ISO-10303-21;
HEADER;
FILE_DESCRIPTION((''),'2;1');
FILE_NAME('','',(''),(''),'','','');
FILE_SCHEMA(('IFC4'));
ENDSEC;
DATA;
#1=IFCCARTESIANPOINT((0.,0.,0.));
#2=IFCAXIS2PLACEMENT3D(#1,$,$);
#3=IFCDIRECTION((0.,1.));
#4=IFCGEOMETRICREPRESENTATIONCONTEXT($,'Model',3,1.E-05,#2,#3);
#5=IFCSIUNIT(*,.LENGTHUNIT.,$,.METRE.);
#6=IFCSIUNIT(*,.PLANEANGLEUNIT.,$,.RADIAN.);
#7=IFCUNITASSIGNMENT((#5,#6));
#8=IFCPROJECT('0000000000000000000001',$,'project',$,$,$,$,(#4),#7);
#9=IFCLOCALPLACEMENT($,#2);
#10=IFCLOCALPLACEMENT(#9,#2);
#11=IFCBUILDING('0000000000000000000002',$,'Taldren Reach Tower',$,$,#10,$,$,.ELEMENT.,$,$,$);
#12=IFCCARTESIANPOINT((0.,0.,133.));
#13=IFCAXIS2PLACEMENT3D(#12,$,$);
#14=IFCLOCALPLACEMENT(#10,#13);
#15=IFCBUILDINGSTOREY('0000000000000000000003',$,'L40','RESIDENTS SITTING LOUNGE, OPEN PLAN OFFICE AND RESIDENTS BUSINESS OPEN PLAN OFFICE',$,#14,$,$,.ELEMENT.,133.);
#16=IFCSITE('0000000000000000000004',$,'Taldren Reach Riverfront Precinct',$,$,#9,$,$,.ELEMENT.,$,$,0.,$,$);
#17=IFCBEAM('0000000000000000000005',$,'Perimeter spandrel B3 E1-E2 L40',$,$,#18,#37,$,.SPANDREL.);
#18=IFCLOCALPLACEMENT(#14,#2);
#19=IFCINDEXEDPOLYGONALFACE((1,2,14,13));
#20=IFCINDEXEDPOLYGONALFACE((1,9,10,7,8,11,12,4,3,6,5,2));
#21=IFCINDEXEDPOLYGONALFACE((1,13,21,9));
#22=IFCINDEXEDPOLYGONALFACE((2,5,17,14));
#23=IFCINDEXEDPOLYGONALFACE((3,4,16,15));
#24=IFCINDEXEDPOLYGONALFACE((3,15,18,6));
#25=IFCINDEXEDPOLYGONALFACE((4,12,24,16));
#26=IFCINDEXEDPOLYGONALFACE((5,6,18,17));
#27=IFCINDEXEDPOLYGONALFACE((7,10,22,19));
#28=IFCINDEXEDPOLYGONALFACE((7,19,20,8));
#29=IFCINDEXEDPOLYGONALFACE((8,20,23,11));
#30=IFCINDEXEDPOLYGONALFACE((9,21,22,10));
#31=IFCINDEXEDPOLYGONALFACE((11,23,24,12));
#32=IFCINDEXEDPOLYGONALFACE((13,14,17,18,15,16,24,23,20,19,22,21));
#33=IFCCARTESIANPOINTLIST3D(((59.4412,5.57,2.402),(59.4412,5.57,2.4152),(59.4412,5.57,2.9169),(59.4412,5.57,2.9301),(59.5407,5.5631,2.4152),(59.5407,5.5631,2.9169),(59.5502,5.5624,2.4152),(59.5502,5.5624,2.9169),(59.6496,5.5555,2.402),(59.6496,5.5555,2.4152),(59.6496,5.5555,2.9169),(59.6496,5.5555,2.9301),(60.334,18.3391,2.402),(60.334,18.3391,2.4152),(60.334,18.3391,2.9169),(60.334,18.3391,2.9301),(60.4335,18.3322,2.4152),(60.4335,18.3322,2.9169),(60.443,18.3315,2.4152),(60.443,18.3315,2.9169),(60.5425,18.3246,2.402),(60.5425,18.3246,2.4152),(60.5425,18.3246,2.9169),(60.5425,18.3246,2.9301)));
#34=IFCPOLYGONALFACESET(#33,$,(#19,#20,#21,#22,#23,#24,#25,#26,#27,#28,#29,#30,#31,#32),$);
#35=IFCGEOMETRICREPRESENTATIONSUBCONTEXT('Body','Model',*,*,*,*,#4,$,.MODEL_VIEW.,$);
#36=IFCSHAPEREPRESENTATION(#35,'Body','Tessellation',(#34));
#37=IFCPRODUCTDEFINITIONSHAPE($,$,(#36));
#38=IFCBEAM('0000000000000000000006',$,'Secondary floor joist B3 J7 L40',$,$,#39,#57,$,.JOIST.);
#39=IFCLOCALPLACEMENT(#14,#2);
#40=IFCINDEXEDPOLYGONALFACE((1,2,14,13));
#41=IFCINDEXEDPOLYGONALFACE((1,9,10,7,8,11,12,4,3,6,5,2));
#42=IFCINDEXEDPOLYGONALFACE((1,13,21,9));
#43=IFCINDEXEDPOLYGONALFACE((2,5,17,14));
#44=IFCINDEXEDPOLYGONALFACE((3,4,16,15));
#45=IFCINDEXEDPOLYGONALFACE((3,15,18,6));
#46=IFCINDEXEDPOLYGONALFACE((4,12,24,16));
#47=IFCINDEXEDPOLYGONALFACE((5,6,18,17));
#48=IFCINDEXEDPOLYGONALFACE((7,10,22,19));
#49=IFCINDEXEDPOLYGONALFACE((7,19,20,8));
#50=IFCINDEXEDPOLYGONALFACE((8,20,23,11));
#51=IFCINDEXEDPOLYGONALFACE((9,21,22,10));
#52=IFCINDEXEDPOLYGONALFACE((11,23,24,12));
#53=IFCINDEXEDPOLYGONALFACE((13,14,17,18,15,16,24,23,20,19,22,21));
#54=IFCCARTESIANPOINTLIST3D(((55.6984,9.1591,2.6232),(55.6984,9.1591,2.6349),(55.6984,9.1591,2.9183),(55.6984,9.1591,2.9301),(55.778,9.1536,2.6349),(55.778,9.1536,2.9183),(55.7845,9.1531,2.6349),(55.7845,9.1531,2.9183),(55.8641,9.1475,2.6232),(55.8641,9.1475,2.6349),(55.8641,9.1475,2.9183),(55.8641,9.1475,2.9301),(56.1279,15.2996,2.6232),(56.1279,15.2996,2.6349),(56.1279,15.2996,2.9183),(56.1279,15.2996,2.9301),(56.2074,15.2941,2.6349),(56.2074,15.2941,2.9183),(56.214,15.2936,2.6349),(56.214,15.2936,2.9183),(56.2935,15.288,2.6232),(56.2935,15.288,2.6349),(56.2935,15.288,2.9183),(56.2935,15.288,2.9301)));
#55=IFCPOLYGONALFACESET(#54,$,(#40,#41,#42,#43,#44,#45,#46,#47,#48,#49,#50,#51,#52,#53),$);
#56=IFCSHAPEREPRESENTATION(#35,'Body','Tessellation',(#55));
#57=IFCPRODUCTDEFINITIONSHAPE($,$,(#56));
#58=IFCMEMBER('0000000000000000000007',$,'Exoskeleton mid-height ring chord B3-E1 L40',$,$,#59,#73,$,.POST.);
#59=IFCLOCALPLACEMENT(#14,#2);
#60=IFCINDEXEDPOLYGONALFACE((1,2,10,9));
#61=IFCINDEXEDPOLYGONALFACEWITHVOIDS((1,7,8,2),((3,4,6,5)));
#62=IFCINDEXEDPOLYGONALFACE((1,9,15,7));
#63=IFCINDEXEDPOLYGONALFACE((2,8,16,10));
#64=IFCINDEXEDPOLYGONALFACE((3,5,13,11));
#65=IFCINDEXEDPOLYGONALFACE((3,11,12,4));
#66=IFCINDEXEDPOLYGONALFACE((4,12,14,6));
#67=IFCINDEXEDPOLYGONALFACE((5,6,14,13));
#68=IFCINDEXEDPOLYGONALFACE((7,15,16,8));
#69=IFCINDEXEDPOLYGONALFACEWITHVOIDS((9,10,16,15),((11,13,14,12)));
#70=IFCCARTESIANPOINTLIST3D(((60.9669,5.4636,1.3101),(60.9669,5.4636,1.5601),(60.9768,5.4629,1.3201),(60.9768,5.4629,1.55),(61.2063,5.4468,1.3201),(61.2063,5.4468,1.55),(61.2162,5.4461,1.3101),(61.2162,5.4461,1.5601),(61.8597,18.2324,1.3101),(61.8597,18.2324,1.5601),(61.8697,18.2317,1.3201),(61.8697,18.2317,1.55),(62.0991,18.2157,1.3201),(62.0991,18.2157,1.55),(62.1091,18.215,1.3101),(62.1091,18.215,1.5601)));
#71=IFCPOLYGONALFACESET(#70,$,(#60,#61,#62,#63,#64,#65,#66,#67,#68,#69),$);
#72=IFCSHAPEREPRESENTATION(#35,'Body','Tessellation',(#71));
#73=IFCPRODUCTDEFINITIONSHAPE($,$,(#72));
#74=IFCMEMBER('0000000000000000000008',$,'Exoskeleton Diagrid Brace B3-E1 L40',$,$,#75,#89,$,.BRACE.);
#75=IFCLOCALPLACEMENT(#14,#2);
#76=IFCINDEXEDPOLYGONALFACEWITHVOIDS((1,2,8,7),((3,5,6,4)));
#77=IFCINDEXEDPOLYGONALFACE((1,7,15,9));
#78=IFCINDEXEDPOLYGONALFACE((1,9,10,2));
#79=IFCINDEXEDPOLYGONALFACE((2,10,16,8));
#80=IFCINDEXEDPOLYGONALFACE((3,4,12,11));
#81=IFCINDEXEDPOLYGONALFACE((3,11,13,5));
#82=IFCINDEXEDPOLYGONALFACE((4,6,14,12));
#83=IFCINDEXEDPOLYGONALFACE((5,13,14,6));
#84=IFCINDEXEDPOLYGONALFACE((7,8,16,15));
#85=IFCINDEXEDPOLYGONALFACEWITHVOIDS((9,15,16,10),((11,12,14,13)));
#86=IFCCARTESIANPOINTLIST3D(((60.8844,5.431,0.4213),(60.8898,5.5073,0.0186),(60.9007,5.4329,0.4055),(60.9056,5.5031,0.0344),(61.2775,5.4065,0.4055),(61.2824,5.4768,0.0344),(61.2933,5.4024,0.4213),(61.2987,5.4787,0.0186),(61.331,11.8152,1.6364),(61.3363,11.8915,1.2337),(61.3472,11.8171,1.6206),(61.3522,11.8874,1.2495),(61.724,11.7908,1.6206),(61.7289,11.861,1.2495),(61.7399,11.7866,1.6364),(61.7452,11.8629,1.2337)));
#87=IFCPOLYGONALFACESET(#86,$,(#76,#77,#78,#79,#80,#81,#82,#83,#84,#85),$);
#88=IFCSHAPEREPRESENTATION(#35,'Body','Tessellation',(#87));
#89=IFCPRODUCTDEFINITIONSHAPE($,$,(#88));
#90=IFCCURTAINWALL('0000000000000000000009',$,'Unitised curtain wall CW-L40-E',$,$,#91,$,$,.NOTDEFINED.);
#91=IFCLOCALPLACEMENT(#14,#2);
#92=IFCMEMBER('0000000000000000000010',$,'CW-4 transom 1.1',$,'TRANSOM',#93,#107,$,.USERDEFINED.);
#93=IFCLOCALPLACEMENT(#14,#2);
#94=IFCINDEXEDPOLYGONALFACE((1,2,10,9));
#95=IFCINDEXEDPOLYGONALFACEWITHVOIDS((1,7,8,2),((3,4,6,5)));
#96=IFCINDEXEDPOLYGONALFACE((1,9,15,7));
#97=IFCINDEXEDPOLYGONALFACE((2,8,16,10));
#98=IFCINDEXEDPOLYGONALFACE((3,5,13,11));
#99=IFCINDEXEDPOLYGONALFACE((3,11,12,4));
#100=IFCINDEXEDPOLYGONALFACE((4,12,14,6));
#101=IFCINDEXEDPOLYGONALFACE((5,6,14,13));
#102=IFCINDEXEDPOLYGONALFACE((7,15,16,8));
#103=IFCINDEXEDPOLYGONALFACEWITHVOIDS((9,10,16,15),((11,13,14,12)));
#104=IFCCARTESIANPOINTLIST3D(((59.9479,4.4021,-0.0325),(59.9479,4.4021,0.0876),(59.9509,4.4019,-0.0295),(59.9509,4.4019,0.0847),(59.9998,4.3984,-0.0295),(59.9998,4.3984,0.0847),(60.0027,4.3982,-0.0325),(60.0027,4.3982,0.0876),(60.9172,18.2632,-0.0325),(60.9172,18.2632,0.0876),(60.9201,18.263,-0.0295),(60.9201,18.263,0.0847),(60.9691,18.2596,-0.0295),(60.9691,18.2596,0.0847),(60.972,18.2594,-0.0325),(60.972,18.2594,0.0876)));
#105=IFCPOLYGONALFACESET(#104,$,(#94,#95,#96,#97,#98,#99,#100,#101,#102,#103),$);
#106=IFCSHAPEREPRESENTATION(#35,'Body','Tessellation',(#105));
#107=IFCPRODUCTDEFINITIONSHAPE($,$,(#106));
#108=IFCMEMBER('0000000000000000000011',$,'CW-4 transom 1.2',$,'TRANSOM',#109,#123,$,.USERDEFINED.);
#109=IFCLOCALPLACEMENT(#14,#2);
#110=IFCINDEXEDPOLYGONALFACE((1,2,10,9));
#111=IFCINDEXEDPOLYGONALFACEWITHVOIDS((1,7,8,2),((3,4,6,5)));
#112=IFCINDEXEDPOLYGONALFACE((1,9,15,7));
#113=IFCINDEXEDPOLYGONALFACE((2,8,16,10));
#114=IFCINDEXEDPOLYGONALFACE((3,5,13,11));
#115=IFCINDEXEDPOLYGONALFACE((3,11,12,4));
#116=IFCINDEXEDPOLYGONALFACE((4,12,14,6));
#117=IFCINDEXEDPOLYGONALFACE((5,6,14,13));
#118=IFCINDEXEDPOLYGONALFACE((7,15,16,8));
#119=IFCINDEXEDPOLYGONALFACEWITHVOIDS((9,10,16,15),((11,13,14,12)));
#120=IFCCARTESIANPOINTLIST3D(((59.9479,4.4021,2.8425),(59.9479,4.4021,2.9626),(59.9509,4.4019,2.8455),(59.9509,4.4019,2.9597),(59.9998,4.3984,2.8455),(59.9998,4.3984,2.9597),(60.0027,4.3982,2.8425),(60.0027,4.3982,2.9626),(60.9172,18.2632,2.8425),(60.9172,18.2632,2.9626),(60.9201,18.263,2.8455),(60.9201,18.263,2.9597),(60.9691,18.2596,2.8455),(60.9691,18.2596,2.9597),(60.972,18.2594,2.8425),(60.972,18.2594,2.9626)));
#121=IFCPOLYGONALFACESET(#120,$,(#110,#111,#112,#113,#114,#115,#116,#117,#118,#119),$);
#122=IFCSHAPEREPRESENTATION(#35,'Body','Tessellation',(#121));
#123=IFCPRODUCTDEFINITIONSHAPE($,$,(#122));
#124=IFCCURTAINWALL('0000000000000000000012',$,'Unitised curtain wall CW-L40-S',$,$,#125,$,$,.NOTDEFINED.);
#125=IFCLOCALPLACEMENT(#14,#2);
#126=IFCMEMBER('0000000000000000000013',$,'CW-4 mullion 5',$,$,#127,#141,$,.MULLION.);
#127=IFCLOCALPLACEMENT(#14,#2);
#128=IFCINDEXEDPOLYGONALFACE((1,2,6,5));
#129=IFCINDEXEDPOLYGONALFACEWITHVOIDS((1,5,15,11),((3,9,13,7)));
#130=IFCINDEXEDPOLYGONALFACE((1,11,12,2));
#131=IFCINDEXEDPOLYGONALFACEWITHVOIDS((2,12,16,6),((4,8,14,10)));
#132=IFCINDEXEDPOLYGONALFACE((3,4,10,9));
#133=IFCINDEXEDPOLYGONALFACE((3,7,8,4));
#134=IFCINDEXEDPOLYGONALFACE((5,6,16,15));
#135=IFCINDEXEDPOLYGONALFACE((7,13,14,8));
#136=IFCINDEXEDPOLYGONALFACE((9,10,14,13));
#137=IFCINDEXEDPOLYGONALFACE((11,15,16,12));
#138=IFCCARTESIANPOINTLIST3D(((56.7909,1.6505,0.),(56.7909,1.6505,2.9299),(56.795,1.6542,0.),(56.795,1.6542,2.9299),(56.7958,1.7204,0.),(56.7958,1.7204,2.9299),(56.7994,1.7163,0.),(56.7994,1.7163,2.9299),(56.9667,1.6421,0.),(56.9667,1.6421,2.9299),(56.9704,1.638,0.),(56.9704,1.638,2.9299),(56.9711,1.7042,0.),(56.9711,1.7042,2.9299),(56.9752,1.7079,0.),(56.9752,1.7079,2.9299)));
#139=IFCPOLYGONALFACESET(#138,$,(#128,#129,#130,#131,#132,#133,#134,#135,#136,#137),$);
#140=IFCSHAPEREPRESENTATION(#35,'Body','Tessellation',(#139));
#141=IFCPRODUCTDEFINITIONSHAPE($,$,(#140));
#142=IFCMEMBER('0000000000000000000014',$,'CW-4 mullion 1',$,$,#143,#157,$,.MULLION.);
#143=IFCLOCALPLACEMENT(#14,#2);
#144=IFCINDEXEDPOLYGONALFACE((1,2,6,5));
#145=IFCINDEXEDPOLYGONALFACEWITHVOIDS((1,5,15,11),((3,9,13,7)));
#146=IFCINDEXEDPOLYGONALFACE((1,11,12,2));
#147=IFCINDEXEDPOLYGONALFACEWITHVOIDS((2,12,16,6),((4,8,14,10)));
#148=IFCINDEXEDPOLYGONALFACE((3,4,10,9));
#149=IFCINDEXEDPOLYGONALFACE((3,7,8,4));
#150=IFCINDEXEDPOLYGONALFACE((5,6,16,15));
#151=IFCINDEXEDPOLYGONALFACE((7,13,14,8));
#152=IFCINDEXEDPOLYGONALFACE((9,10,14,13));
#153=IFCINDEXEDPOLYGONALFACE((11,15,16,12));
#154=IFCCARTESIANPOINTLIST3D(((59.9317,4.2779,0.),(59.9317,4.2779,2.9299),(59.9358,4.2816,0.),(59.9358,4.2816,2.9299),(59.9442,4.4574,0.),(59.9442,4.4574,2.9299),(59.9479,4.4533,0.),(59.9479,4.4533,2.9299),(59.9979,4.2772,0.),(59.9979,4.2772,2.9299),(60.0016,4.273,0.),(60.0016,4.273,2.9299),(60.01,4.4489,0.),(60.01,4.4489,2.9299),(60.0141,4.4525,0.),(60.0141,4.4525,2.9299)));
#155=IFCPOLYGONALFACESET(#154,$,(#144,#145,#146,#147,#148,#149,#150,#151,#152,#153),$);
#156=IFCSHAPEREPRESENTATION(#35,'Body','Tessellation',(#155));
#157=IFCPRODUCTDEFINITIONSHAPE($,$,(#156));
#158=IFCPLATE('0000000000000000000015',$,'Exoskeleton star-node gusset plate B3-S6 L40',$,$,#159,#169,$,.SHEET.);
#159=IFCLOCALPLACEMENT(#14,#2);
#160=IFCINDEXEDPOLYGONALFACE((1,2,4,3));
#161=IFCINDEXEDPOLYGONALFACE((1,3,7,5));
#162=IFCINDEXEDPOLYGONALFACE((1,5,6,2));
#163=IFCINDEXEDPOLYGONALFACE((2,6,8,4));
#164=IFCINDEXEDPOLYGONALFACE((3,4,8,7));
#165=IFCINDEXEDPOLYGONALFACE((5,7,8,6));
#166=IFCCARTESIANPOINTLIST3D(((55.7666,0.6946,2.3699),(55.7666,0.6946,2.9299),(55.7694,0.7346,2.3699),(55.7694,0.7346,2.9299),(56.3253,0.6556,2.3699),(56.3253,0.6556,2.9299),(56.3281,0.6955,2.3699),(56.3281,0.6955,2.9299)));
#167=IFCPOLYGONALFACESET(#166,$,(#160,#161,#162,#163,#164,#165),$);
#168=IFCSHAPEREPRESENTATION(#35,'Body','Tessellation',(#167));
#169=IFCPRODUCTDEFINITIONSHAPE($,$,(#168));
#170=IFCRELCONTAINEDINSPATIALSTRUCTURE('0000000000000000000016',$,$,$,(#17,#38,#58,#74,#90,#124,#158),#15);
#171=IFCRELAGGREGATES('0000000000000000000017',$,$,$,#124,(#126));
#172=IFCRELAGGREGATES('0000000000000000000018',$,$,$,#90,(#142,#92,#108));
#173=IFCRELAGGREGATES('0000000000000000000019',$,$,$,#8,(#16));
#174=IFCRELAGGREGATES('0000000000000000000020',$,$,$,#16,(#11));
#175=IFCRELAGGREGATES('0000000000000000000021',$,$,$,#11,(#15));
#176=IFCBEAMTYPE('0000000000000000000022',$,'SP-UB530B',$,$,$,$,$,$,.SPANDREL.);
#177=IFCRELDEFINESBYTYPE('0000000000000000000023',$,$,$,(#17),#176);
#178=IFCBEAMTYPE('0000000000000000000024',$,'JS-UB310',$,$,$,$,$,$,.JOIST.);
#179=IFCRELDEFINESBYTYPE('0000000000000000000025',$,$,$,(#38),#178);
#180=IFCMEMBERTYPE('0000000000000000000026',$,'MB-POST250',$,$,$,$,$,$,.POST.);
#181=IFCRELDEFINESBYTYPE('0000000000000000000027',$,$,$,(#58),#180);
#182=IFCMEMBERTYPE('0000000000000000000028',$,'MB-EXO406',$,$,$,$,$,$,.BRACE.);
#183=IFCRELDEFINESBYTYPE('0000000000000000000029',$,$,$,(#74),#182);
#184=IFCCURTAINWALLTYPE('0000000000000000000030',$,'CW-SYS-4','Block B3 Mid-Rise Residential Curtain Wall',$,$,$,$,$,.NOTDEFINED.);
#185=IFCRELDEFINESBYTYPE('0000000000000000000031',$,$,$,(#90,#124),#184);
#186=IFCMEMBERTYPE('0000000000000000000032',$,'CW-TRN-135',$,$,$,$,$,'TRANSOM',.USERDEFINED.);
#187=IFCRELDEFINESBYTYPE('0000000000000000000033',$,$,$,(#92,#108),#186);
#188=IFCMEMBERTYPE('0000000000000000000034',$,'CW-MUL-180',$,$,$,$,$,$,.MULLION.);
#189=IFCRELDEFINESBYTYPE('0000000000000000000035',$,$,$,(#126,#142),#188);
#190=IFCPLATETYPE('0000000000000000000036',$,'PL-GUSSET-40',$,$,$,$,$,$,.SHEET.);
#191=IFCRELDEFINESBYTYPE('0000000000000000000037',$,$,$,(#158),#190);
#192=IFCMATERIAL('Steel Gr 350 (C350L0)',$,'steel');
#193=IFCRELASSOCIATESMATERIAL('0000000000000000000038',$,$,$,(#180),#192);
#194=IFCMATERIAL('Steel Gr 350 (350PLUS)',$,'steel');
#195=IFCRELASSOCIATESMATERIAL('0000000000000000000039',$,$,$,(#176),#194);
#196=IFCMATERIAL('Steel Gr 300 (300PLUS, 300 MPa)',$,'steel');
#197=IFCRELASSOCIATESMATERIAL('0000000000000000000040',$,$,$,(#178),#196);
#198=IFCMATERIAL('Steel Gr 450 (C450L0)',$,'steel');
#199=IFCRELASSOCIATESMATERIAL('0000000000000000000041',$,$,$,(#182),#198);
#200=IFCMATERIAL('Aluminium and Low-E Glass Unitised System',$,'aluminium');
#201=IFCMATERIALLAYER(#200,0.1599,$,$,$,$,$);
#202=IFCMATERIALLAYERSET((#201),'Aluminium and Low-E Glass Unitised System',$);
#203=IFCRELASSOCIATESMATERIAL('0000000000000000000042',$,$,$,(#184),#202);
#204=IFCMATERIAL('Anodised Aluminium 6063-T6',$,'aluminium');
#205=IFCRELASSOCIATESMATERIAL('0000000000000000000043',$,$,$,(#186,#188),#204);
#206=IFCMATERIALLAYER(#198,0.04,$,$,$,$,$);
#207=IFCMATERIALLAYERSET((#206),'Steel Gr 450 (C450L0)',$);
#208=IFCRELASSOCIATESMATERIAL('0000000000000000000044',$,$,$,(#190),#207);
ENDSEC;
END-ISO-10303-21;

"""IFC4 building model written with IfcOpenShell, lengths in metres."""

from ifc_helpers import new_model, si_unit, direction, frame, origin, origin_2d, place, context, subcontext, project, spatial, rectangle, hollow_rectangle, i_section, extrude, source, transform, mapped, material, layer, layer_set, material_profile, profile_set, type_object, element, aggregate, save


model = new_model("IFC4")

# Units and contexts
model_context = context("Model", 3, precision=1e-05, world=origin(), true_north=direction((0.0, 1.0)))
body_context = subcontext(model_context, "Body", "Model", "MODEL_VIEW")
ifc_project = project(units=[si_unit("LENGTHUNIT", "METRE"), si_unit("PLANEANGLEUNIT", "RADIAN")], contexts=[model_context])

# Site, building, storey
site_placement = place(None, origin())
site = spatial("IfcSite", under=ifc_project, at=site_placement, Name="Taldren Reach Riverfront Precinct", CompositionType="ELEMENT", RefElevation=0.0)
building_placement = place(site_placement, origin())
building = spatial("IfcBuilding", under=site, at=building_placement, Name="Taldren Reach Tower", CompositionType="ELEMENT")
storey_placement = place(building_placement, frame((0.0, 0.0, 133.0)))
storey = spatial("IfcBuildingStorey", under=building, at=storey_placement, Name="L40", Description="RESIDENTS SITTING LOUNGE, OPEN PLAN OFFICE AND RESIDENTS BUSINESS OPEN PLAN OFFICE", CompositionType="ELEMENT", Elevation=133.0)

# Shared definitions
ifc_material_1 = material(Name="Steel Gr 450 (C450L0)", Category="steel")
ifc_material_2 = material(Name="Steel Gr 350 (350PLUS)", Category="steel")

# Shared definitions
ifc_material_3 = material(Name="Steel Gr 350 (C350L0)", Category="steel")
ifc_material_profile_1 = material_profile(ifc_material_3, hollow_rectangle(XDim=0.25, YDim=0.25, WallThickness=0.01, at=origin_2d()), Name="250x250x10.0SHS")
ifc_profile_set_1 = profile_set([ifc_material_profile_1], Name="Steel Gr 350 (C350L0)")
member_type_1 = type_object("IfcMemberType", Name="MB-POST250", PredefinedType="POST", material=ifc_profile_set_1)

# Beams
ifc_material_profile_2 = material_profile(ifc_material_2, i_section(OverallWidth=0.209, OverallDepth=0.5281, WebThickness=0.0095, FlangeThickness=0.0132, at=origin_2d()), Name="530UB82.0")
ifc_profile_set_2 = profile_set([ifc_material_profile_2], Name="Steel Gr 350 (350PLUS)")
beam_type_1 = type_object("IfcBeamType", Name="SP-UB530B", PredefinedType="SPANDREL", material=ifc_profile_set_2)
shared_shape_1 = source(origin(), body_context, "Body", "SweptSolid", [
    extrude(i_section(OverallWidth=0.209, OverallDepth=0.5281, WebThickness=0.0095, FlangeThickness=0.0132, at=origin_2d()), origin(), (0.0, 0.0, 1.0), 12.8003),
])
beam_1_placement = place(storey_placement, frame((59.5454, 5.5627, 2.666), z_axis=(0.069751, 0.997564, 0.0), x_axis=(-0.997564, 0.069751, 0.0)))
element("IfcBeam", 1, at=beam_1_placement, inside=storey, type_object=beam_type_1, Name="Perimeter spandrel B3 E1-E2 L40", PredefinedType="SPANDREL", context=body_context, shape_type="MappedRepresentation", body=[
    mapped(shared_shape_1, transform((0.0, 0.0, 0.0), scale=1.0)),
])
ifc_material_4 = material(Name="Steel Gr 300 (300PLUS, 300 MPa)", Category="steel")
ifc_material_profile_3 = material_profile(ifc_material_4, i_section(OverallWidth=0.166, OverallDepth=0.3069, WebThickness=0.0066, FlangeThickness=0.0117, at=origin_2d()), Name="310UB46.2")
ifc_profile_set_3 = profile_set([ifc_material_profile_3], Name="Steel Gr 300 (300PLUS, 300 MPa)")
beam_type_2 = type_object("IfcBeamType", Name="JS-UB310", PredefinedType="JOIST", material=ifc_profile_set_3)
shared_shape_2 = source(origin(), body_context, "Body", "SweptSolid", [
    extrude(i_section(OverallWidth=0.166, OverallDepth=0.3069, WebThickness=0.0066, FlangeThickness=0.0117, at=origin_2d()), origin(), (0.0, 0.0, 1.0), 6.1555),
])
beam_2_placement = place(storey_placement, frame((55.7812, 9.1533, 2.7766), z_axis=(0.069764, 0.997563, 0.0), x_axis=(-0.997563, 0.069764, 0.0)))
element("IfcBeam", 2, at=beam_2_placement, inside=storey, type_object=beam_type_2, Name="Secondary floor joist B3 J7 L40", PredefinedType="JOIST", context=body_context, shape_type="MappedRepresentation", body=[
    mapped(shared_shape_2, transform((0.0, 0.0, 0.0), scale=1.0)),
])

# Members
shared_shape_3 = source(origin(), body_context, "Body", "SweptSolid", [
    extrude(hollow_rectangle(XDim=0.25, YDim=0.25, WallThickness=0.01, at=origin_2d()), origin(), (0.0, 0.0, 1.0), 12.8),
])
member_1_placement = place(storey_placement, frame((61.0916, 5.4548, 1.4351), z_axis=(0.069752, 0.997564, 0.0), x_axis=(-0.997564, 0.069752, 0.0)))
element("IfcMember", 3, at=member_1_placement, inside=storey, type_object=member_type_1, Name="Exoskeleton mid-height ring chord B3-E1 L40", PredefinedType="POST", context=body_context, shape_type="MappedRepresentation", body=[
    mapped(shared_shape_3, transform((0.0, 0.0, 0.0), scale=1.0)),
])
ifc_material_profile_4 = material_profile(ifc_material_1, hollow_rectangle(XDim=0.4099, YDim=0.4099, WallThickness=0.0161, at=origin_2d()), Name="410x410x16.0SHS")
ifc_profile_set_4 = profile_set([ifc_material_profile_4], Name="Steel Gr 450 (C450L0)")
member_type_2 = type_object("IfcMemberType", Name="MB-EXO406", PredefinedType="BRACE", material=ifc_profile_set_4)
shared_shape_4 = source(origin(), body_context, "Body", "SweptSolid", [
    extrude(hollow_rectangle(XDim=0.4099, YDim=0.4099, WallThickness=0.0161, at=origin_2d()), origin(), (0.0, 0.0, 1.0), 6.5142),
])
member_2_placement = place(storey_placement, frame((61.0916, 5.4548, 0.22), z_axis=(0.068548, 0.980055, 0.186529), x_axis=(-0.997563, 0.069772, 0.0)))
element("IfcMember", 4, at=member_2_placement, inside=storey, type_object=member_type_2, Name="Exoskeleton Diagrid Brace B3-E1 L40", PredefinedType="BRACE", context=body_context, shape_type="MappedRepresentation", body=[
    mapped(shared_shape_4, transform((0.0, 0.0, 0.0), scale=1.0)),
])

# Curtain wall, members
ifc_material_5 = material(Name="Aluminium and Low-E Glass Unitised System", Category="aluminium")
ifc_layer_1 = layer(ifc_material_5, 0.1599)
ifc_layer_set_1 = layer_set([ifc_layer_1], Name="Aluminium and Low-E Glass Unitised System")
curtain_wall_type = type_object("IfcCurtainWallType", Name="CW-SYS-4", Description="Block B3 Mid-Rise Residential Curtain Wall", PredefinedType="NOTDEFINED", material=ifc_layer_set_1)
curtain_wall_1_placement = place(storey_placement, origin())
curtain_wall_1 = element("IfcCurtainWall", 5, at=curtain_wall_1_placement, inside=storey, type_object=curtain_wall_type, Name="Unitised curtain wall CW-L40-E", PredefinedType="NOTDEFINED")
ifc_material_6 = material(Name="Anodised Aluminium 6063-T6", Category="aluminium")
ifc_material_profile_5 = material_profile(ifc_material_6, hollow_rectangle(XDim=0.0549, YDim=0.1201, WallThickness=0.0029, at=origin_2d()), Name="ALU-120x55x3RHS")
ifc_profile_set_5 = profile_set([ifc_material_profile_5], Name="Anodised Aluminium 6063-T6")
member_type_3 = type_object("IfcMemberType", Name="CW-TRN-135", ElementType="TRANSOM", PredefinedType="USERDEFINED", material=ifc_profile_set_5)
shared_shape_5 = source(origin(), body_context, "Body", "SweptSolid", [
    extrude(hollow_rectangle(XDim=0.0549, YDim=0.1201, WallThickness=0.0029, at=origin_2d()), origin(), (0.0, 0.0, 1.0), 13.895),
])
member_3_placement = place(storey_placement, frame((59.9753, 4.4001, 0.0276), z_axis=(0.069755, 0.997564, 0.0), x_axis=(-0.997564, 0.069755, 0.0)))
member_3 = element("IfcMember", 6, at=member_3_placement, type_object=member_type_3, Name="CW-4 transom 1.1", ObjectType="TRANSOM", PredefinedType="USERDEFINED", context=body_context, shape_type="MappedRepresentation", body=[
    mapped(shared_shape_5, transform((0.0, 0.0, 0.0), scale=1.0)),
])
member_4_placement = place(storey_placement, frame((59.9753, 4.4001, 2.9026), z_axis=(0.069755, 0.997564, 0.0), x_axis=(-0.997564, 0.069755, 0.0)))
member_4 = element("IfcMember", 7, at=member_4_placement, type_object=member_type_3, Name="CW-4 transom 1.2", ObjectType="TRANSOM", PredefinedType="USERDEFINED", context=body_context, shape_type="MappedRepresentation", body=[
    mapped(shared_shape_5, transform((0.0, 0.0, 0.0), scale=1.0)),
])

# Curtain wall, member
curtain_wall_2_placement = place(storey_placement, origin())
curtain_wall_2 = element("IfcCurtainWall", 8, at=curtain_wall_2_placement, inside=storey, type_object=curtain_wall_type, Name="Unitised curtain wall CW-L40-S", PredefinedType="NOTDEFINED")
ifc_material_profile_6 = material_profile(ifc_material_6, hollow_rectangle(XDim=0.0701, YDim=0.1799, WallThickness=0.0039, at=origin_2d()), Name="ALU-180x70x4RHS")
ifc_profile_set_6 = profile_set([ifc_material_profile_6], Name="Anodised Aluminium 6063-T6")
member_type_4 = type_object("IfcMemberType", Name="CW-MUL-180", PredefinedType="MULLION", material=ifc_profile_set_6)
shared_shape_6 = source(origin(), body_context, "Body", "SweptSolid", [
    extrude(hollow_rectangle(XDim=0.0701, YDim=0.1799, WallThickness=0.0039, at=origin_2d()), origin(), (0.0, 0.0, 1.0), 2.9299),
])
member_5_placement = place(storey_placement, frame((56.8831, 1.6792, 0.0), z_axis=(0.0, 0.0, 1.0), x_axis=(0.069757, 0.997564, 0.0)))
member_5 = element("IfcMember", 9, at=member_5_placement, type_object=member_type_4, Name="CW-4 mullion 5", PredefinedType="MULLION", context=body_context, shape_type="MappedRepresentation", body=[
    mapped(shared_shape_6, transform((0.0, 0.0, 0.0), scale=1.0)),
])

# Member
member_6_placement = place(storey_placement, frame((59.9729, 4.3652, 0.0), z_axis=(0.0, 0.0, 1.0), x_axis=(-0.997564, 0.069756, 0.0)))
member_6 = element("IfcMember", 10, at=member_6_placement, type_object=member_type_4, Name="CW-4 mullion 1", PredefinedType="MULLION", context=body_context, shape_type="MappedRepresentation", body=[
    mapped(shared_shape_6, transform((0.0, 0.0, 0.0), scale=1.0)),
])

# Plate
ifc_layer_2 = layer(ifc_material_1, 0.04)
ifc_layer_set_2 = layer_set([ifc_layer_2], Name="Steel Gr 450 (C450L0)")
plate_type_1 = type_object("IfcPlateType", Name="PL-GUSSET-40", PredefinedType="SHEET", material=ifc_layer_set_2)
shared_shape_7 = source(origin(), body_context, "Body", "SweptSolid", [
    extrude(rectangle(XDim=0.5601, YDim=0.04, at=origin_2d()), origin(), (0.0, 0.0, 1.0), 0.5601),
])
for number, where, z_axis, x_axis, name in (
    (11, (56.0474, 0.6951, 2.3699), (0.0, 0.0, 1.0), (0.997564, -0.069756, 0.0), "Exoskeleton star-node gusset plate B3-S6 L40"),
):
    element("IfcPlate", number, at=place(storey_placement, frame(where, z_axis=z_axis, x_axis=x_axis)), inside=storey, type_object=plate_type_1, Name=name, PredefinedType="SHEET", context=body_context, shape_type="MappedRepresentation", body=[
        mapped(shared_shape_7, transform((0.0, 0.0, 0.0), scale=1.0)),
    ])

aggregate(curtain_wall_2, [member_5])
aggregate(curtain_wall_1, [member_6, member_3, member_4])

save(model, "model.ifc")
